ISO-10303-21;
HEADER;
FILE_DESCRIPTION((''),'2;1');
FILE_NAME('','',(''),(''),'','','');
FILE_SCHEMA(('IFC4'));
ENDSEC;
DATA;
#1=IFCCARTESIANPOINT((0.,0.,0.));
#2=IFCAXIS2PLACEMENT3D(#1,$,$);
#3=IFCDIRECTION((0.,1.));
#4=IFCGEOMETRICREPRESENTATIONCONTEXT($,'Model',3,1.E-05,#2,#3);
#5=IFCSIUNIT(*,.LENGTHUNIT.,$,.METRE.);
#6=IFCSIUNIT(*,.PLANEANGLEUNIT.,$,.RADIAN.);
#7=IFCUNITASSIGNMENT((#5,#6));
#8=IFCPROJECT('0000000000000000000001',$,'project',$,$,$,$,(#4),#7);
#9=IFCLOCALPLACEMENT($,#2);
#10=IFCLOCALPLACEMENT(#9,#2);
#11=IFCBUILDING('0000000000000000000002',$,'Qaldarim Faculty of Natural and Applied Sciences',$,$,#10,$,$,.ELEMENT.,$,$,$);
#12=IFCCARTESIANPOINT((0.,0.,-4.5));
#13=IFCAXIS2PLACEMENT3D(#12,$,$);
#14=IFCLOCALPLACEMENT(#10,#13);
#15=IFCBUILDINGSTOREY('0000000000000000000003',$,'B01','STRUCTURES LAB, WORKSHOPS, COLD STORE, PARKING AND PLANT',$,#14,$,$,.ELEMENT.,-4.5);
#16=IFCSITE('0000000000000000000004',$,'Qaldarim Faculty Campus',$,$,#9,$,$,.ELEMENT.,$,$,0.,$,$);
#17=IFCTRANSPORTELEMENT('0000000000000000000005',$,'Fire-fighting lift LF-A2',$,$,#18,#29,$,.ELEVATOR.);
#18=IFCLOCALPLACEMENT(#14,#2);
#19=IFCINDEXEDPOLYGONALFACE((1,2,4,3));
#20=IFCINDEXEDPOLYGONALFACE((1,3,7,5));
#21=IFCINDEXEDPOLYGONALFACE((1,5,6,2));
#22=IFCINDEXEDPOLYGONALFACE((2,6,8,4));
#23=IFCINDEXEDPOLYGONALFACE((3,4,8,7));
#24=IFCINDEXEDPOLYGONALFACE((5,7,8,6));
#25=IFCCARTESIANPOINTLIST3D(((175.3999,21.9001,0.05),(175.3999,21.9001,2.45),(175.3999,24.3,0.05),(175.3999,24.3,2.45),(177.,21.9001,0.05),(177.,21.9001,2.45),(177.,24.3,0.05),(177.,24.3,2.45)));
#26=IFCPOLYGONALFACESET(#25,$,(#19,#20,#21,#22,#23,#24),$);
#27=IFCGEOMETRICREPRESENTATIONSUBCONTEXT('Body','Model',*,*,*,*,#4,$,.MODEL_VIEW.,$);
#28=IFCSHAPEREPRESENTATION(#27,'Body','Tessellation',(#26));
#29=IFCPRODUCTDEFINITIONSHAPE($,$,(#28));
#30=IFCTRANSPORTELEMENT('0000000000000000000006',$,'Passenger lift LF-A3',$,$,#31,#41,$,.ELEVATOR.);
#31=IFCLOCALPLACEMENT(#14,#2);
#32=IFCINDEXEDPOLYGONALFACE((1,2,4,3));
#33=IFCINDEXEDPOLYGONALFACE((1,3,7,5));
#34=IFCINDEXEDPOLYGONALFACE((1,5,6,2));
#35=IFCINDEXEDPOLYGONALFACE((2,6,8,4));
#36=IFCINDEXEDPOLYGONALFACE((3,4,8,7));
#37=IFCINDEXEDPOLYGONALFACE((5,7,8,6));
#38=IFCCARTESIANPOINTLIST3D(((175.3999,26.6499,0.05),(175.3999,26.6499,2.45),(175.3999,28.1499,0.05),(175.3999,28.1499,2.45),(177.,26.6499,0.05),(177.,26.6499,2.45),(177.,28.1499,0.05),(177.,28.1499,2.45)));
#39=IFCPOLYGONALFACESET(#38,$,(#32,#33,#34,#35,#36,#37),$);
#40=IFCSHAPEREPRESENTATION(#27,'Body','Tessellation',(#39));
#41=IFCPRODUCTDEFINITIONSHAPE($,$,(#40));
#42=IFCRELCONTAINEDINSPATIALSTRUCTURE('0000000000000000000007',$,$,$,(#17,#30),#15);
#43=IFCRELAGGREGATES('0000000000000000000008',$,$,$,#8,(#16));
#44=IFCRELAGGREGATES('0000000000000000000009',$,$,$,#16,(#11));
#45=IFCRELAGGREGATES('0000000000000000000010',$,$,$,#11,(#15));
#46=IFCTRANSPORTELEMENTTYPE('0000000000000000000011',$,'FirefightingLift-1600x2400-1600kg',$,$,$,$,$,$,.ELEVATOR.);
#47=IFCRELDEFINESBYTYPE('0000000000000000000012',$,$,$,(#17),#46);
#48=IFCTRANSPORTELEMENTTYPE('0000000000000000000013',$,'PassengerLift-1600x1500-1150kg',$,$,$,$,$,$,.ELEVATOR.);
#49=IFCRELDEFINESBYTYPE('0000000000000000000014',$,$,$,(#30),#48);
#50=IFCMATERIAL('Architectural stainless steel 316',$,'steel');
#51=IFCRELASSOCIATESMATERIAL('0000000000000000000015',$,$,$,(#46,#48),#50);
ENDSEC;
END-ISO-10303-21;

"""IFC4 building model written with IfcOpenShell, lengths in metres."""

from ifc_helpers import new_model, si_unit, direction, frame, origin, origin_2d, place, context, subcontext, project, spatial, rectangle, extrude, material, type_object, element, save


model = new_model("IFC4")

# Units and contexts
model_context = context("Model", 3, precision=1e-05, world=origin(), true_north=direction((0.0, 1.0)))
body_context = subcontext(model_context, "Body", "Model", "MODEL_VIEW")
ifc_project = project(units=[si_unit("LENGTHUNIT", "METRE"), si_unit("PLANEANGLEUNIT", "RADIAN")], contexts=[model_context])

# Site, building, storey
site_placement = place(None, origin())
site = spatial("IfcSite", under=ifc_project, at=site_placement, Name="Qaldarim Faculty Campus", CompositionType="ELEMENT", RefElevation=0.0)
building_placement = place(site_placement, origin())
building = spatial("IfcBuilding", under=site, at=building_placement, Name="Qaldarim Faculty of Natural and Applied Sciences", CompositionType="ELEMENT")
storey_placement = place(building_placement, frame((0.0, 0.0, -4.5)))
storey = spatial("IfcBuildingStorey", under=building, at=storey_placement, Name="B01", Description="STRUCTURES LAB, WORKSHOPS, COLD STORE, PARKING AND PLANT", CompositionType="ELEMENT", Elevation=-4.5)

# Shared definitions
ifc_material_1 = material(Name="Architectural stainless steel 316", Category="steel")

# Transport elements
transport_element_type_1 = type_object("IfcTransportElementType", Name="FirefightingLift-1600x2400-1600kg", PredefinedType="ELEVATOR", material=ifc_material_1)
transport_element_1_placement = place(storey_placement, frame((176.2, 23.1001, 0.05), z_axis=(0.0, 0.0, 1.0), x_axis=(1.0, 0.0, 0.0)))
element("IfcTransportElement", 1, at=transport_element_1_placement, inside=storey, type_object=transport_element_type_1, Name="Fire-fighting lift LF-A2", PredefinedType="ELEVATOR", context=body_context, shape_type="SweptSolid", body=[
    extrude(rectangle(XDim=1.6001, YDim=2.3999, at=origin_2d()), origin(), (0.0, 0.0, 1.0), 2.3999),
])
transport_element_type_2 = type_object("IfcTransportElementType", Name="PassengerLift-1600x1500-1150kg", PredefinedType="ELEVATOR", material=ifc_material_1)
transport_element_2_placement = place(storey_placement, frame((176.2, 27.3999, 0.05), z_axis=(0.0, 0.0, 1.0), x_axis=(1.0, 0.0, 0.0)))
element("IfcTransportElement", 2, at=transport_element_2_placement, inside=storey, type_object=transport_element_type_2, Name="Passenger lift LF-A3", PredefinedType="ELEVATOR", context=body_context, shape_type="SweptSolid", body=[
    extrude(rectangle(XDim=1.6001, YDim=1.5, at=origin_2d()), origin(), (0.0, 0.0, 1.0), 2.3999),
])

save(model, "model.ifc")
